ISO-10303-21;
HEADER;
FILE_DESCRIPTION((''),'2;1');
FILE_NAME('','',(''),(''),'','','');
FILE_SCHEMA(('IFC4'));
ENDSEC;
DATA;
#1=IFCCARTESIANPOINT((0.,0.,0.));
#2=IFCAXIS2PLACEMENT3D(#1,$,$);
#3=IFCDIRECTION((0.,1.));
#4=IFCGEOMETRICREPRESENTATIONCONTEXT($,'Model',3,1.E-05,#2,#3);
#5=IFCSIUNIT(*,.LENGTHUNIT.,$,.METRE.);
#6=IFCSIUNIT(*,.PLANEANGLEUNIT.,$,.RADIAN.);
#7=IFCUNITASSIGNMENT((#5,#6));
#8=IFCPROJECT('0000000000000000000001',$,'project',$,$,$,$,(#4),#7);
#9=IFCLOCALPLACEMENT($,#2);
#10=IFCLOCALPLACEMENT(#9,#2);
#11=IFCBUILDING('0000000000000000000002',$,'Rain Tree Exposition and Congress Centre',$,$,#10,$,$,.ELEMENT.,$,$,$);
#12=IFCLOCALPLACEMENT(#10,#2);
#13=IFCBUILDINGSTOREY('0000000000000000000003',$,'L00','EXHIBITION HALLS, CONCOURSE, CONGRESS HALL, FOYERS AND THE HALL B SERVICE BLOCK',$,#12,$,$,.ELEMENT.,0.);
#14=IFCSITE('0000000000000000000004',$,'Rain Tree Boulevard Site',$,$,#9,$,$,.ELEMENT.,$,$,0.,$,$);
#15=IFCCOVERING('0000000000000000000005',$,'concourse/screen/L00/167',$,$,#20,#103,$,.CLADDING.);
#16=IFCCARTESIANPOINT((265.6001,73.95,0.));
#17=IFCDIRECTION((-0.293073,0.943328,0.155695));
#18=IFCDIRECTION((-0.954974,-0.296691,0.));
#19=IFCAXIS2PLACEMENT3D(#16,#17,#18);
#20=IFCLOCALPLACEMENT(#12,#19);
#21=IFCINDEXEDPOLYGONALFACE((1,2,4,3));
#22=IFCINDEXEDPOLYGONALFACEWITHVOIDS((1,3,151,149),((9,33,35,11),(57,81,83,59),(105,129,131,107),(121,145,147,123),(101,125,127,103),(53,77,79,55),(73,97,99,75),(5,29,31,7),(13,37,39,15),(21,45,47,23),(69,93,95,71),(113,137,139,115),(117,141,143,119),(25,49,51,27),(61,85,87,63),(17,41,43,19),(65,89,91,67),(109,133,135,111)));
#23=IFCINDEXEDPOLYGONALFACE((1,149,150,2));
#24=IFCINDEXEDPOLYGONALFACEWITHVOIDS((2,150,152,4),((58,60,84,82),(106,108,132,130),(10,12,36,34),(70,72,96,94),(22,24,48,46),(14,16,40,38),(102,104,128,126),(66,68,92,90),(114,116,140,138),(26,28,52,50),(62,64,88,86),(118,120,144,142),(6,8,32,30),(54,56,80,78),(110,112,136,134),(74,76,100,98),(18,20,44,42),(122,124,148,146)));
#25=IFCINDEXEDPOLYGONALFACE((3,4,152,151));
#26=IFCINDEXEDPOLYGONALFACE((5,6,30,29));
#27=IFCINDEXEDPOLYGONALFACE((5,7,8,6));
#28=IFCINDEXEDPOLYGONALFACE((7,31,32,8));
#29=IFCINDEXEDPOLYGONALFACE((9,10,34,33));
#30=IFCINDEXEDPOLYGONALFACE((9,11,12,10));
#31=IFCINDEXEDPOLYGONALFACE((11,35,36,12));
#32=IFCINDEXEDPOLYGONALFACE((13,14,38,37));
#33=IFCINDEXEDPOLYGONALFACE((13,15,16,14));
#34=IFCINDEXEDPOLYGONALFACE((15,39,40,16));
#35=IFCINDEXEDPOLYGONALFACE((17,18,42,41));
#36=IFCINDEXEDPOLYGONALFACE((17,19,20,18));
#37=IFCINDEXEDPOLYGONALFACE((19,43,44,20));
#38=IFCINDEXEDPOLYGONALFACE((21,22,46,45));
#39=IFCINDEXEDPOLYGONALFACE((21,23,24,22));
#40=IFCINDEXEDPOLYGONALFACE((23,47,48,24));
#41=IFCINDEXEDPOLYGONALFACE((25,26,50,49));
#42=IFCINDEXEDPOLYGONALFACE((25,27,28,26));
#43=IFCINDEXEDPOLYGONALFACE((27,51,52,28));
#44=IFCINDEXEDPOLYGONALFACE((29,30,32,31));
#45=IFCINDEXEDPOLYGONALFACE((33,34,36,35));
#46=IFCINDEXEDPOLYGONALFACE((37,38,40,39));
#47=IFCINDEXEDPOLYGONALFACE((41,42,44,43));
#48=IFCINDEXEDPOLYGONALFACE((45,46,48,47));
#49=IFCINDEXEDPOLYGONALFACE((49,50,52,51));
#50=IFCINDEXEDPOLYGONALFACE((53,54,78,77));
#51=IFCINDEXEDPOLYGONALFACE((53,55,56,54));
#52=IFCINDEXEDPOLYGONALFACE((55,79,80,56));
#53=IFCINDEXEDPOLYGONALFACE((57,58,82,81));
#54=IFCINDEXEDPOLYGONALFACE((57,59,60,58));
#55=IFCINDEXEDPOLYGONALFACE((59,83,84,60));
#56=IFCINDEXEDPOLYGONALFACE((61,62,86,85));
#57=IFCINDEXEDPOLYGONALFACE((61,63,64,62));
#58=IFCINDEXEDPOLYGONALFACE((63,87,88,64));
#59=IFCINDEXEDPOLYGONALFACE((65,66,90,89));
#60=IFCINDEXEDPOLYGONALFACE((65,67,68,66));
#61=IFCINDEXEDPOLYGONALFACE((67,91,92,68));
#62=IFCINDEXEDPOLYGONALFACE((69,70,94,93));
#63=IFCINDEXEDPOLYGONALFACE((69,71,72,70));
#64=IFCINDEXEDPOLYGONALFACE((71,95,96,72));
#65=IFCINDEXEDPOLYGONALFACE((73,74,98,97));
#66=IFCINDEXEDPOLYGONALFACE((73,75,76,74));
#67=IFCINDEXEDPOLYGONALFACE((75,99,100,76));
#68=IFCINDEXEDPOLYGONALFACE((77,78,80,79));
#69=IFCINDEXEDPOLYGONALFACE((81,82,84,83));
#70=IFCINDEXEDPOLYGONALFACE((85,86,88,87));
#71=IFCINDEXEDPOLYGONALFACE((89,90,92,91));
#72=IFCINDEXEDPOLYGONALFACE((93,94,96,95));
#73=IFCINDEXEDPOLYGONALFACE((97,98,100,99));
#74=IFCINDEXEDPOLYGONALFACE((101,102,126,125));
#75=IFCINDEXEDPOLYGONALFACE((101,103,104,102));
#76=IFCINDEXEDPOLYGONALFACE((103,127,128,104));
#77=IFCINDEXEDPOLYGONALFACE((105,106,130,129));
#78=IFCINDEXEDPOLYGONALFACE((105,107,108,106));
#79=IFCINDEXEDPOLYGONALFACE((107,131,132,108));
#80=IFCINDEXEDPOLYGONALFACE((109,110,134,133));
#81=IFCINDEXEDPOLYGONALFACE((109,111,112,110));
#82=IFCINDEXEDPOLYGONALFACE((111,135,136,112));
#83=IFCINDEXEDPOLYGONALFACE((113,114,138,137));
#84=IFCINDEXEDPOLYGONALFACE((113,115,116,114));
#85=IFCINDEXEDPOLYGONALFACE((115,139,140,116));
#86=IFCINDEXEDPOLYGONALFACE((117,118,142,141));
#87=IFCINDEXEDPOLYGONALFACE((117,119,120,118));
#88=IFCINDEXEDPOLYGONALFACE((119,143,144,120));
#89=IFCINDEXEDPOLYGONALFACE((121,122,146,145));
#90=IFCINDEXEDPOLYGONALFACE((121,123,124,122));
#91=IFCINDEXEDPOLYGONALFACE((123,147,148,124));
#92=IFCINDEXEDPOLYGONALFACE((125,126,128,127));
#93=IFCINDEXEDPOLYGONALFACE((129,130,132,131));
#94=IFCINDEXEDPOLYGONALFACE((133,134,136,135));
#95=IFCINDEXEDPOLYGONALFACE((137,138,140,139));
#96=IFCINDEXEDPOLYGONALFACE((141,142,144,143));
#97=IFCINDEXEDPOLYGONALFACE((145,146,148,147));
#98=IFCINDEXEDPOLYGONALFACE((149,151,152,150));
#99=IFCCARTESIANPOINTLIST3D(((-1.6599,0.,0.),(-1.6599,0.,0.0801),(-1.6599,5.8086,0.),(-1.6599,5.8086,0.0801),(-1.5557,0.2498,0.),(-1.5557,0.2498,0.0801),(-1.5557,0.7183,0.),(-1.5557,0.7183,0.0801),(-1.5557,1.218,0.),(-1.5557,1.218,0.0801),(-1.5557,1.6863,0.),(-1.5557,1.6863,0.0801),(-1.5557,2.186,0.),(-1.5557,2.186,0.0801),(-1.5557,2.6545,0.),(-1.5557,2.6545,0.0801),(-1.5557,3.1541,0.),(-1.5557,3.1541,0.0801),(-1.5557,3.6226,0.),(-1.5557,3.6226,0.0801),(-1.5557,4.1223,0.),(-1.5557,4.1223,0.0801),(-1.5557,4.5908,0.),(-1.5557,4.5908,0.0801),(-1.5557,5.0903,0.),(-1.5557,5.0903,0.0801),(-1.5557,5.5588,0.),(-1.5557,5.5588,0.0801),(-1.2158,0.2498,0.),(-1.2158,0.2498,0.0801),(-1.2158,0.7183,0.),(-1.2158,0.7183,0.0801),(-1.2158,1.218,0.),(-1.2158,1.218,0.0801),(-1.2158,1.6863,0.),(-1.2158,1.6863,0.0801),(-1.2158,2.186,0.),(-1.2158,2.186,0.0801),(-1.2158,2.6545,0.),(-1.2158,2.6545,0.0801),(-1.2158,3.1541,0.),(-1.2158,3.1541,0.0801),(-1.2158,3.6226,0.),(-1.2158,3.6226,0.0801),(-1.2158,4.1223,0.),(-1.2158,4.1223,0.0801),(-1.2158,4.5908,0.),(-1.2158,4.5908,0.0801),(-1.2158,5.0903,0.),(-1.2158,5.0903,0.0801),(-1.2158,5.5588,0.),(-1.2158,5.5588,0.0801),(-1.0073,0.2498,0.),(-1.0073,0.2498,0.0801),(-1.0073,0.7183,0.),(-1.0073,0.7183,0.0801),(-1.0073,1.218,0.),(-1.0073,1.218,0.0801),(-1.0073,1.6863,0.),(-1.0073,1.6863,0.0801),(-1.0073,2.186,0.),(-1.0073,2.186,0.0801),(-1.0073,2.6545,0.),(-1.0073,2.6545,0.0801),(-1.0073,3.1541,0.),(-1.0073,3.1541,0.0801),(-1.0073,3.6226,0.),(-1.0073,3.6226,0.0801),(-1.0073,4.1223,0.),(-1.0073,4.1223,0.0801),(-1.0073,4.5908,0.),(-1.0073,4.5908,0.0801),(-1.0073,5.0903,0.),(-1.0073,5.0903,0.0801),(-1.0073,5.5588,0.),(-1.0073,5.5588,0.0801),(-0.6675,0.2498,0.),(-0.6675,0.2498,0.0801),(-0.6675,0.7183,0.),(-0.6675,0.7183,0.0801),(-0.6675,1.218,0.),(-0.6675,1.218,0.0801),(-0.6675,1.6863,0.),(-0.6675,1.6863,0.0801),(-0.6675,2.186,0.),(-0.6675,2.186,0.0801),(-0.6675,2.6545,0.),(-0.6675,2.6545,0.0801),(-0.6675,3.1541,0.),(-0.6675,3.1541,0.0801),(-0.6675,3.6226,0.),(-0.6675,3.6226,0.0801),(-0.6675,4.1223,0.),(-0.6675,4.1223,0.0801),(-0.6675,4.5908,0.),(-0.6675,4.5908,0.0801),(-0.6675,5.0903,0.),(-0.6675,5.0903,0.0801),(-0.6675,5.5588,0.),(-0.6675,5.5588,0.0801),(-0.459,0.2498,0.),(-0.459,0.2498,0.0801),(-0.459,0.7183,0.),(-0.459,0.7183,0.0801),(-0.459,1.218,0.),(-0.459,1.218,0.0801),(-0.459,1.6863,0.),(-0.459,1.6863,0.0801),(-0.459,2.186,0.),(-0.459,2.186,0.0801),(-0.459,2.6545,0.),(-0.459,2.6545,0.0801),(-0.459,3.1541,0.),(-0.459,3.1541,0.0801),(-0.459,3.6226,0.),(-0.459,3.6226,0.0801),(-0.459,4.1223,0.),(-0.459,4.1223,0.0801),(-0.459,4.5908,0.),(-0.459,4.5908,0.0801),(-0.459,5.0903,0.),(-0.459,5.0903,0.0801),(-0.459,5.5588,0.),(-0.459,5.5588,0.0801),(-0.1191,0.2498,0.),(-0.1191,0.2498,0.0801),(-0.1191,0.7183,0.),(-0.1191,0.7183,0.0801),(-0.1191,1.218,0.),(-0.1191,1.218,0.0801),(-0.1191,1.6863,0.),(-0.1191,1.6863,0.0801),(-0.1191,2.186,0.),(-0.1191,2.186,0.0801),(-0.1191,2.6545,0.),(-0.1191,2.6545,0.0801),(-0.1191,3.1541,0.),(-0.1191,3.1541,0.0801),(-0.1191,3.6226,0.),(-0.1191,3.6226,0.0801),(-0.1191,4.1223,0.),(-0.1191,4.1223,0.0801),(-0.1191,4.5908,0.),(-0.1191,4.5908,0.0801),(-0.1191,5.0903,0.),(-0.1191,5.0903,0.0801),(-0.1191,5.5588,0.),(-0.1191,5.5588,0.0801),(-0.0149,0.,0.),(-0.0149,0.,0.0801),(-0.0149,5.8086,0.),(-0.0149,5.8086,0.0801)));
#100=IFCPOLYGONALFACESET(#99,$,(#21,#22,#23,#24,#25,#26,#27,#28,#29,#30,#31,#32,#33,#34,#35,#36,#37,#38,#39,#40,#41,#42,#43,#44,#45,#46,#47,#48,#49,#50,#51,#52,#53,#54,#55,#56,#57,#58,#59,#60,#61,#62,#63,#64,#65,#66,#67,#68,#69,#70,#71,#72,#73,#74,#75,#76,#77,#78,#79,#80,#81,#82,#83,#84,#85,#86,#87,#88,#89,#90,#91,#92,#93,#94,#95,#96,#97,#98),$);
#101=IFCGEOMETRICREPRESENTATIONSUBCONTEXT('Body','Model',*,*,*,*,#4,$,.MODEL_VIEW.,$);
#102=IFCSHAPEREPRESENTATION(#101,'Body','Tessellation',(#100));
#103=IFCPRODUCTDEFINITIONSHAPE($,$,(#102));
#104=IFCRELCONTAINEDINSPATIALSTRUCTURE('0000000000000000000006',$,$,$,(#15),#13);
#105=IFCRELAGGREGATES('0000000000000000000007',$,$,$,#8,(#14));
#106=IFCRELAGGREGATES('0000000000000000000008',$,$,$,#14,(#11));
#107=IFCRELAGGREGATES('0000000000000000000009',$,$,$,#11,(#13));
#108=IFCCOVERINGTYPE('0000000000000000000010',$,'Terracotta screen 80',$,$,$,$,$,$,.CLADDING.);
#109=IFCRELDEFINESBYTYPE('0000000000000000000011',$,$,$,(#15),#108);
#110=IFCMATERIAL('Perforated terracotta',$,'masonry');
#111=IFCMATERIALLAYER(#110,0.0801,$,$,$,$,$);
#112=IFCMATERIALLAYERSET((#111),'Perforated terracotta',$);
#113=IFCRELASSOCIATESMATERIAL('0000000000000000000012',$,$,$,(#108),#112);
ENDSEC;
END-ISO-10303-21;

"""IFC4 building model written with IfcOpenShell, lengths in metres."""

from ifc_helpers import new_model, si_unit, direction, frame, origin, place, context, subcontext, project, spatial, polyline, outline, extrude, material, layer, layer_set, type_object, element, save


model = new_model("IFC4")

# Units and contexts
model_context = context("Model", 3, precision=1e-05, world=origin(), true_north=direction((0.0, 1.0)))
body_context = subcontext(model_context, "Body", "Model", "MODEL_VIEW")
ifc_project = project(units=[si_unit("LENGTHUNIT", "METRE"), si_unit("PLANEANGLEUNIT", "RADIAN")], contexts=[model_context])

# Site, building, storey
site_placement = place(None, origin())
site = spatial("IfcSite", under=ifc_project, at=site_placement, Name="Rain Tree Boulevard Site", CompositionType="ELEMENT", RefElevation=0.0)
building_placement = place(site_placement, origin())
building = spatial("IfcBuilding", under=site, at=building_placement, Name="Rain Tree Exposition and Congress Centre", CompositionType="ELEMENT")
storey_placement = place(building_placement, origin())
storey = spatial("IfcBuildingStorey", under=building, at=storey_placement, Name="L00", Description="EXHIBITION HALLS, CONCOURSE, CONGRESS HALL, FOYERS AND THE HALL B SERVICE BLOCK", CompositionType="ELEMENT", Elevation=0.0)

# Covering
ifc_material_1 = material(Name="Perforated terracotta", Category="masonry")
ifc_layer_1 = layer(ifc_material_1, 0.0801)
ifc_layer_set_1 = layer_set([ifc_layer_1], Name="Perforated terracotta")
covering_type = type_object("IfcCoveringType", Name="Terracotta screen 80", PredefinedType="CLADDING", material=ifc_layer_set_1)
covering_1_placement = place(storey_placement, frame((265.6001, 73.95, 0.0), z_axis=(-0.293073, 0.943328, 0.155695), x_axis=(-0.954974, -0.296691, 0.0)))
element("IfcCovering", 1, at=covering_1_placement, inside=storey, type_object=covering_type, Name="concourse/screen/L00/167", PredefinedType="CLADDING", context=body_context, shape_type="SweptSolid", body=[
    extrude(outline(polyline([(-0.0149, 0.0), (-1.6599, 0.0), (-1.6599, 5.8086), (-0.0149, 5.8086), (-0.0149, 0.0)]), holes=[polyline([(-0.1191, 0.2498), (-0.1191, 0.7183), (-0.459, 0.7183), (-0.459, 0.2498), (-0.1191, 0.2498)]), polyline([(-0.1191, 1.218), (-0.1191, 1.6863), (-0.459, 1.6863), (-0.459, 1.218), (-0.1191, 1.218)]), polyline([(-0.1191, 2.186), (-0.1191, 2.6545), (-0.459, 2.6545), (-0.459, 2.186), (-0.1191, 2.186)]), polyline([(-0.1191, 3.1541), (-0.1191, 3.6226), (-0.459, 3.6226), (-0.459, 3.1541), (-0.1191, 3.1541)]), polyline([(-0.1191, 4.1223), (-0.1191, 4.5908), (-0.459, 4.5908), (-0.459, 4.1223), (-0.1191, 4.1223)]), polyline([(-0.1191, 5.0903), (-0.1191, 5.5588), (-0.459, 5.5588), (-0.459, 5.0903), (-0.1191, 5.0903)]), polyline([(-0.6675, 0.2498), (-0.6675, 0.7183), (-1.0073, 0.7183), (-1.0073, 0.2498), (-0.6675, 0.2498)]), polyline([(-0.6675, 1.218), (-0.6675, 1.6863), (-1.0073, 1.6863), (-1.0073, 1.218), (-0.6675, 1.218)]), polyline([(-0.6675, 2.186), (-0.6675, 2.6545), (-1.0073, 2.6545), (-1.0073, 2.186), (-0.6675, 2.186)]), polyline([(-0.6675, 3.1541), (-0.6675, 3.6226), (-1.0073, 3.6226), (-1.0073, 3.1541), (-0.6675, 3.1541)]), polyline([(-0.6675, 4.1223), (-0.6675, 4.5908), (-1.0073, 4.5908), (-1.0073, 4.1223), (-0.6675, 4.1223)]), polyline([(-0.6675, 5.0903), (-0.6675, 5.5588), (-1.0073, 5.5588), (-1.0073, 5.0903), (-0.6675, 5.0903)]), polyline([(-1.2158, 0.2498), (-1.2158, 0.7183), (-1.5557, 0.7183), (-1.5557, 0.2498), (-1.2158, 0.2498)]), polyline([(-1.2158, 1.218), (-1.2158, 1.6863), (-1.5557, 1.6863), (-1.5557, 1.218), (-1.2158, 1.218)]), polyline([(-1.2158, 2.186), (-1.2158, 2.6545), (-1.5557, 2.6545), (-1.5557, 2.186), (-1.2158, 2.186)]), polyline([(-1.2158, 3.1541), (-1.2158, 3.6226), (-1.5557, 3.6226), (-1.5557, 3.1541), (-1.2158, 3.1541)]), polyline([(-1.2158, 4.1223), (-1.2158, 4.5908), (-1.5557, 4.5908), (-1.5557, 4.1223), (-1.2158, 4.1223)]), polyline([(-1.2158, 5.0903), (-1.2158, 5.5588), (-1.5557, 5.5588), (-1.5557, 5.0903), (-1.2158, 5.0903)])]), origin(), (0.0, 0.0, 1.0), 0.0801),
])

save(model, "model.ifc")
